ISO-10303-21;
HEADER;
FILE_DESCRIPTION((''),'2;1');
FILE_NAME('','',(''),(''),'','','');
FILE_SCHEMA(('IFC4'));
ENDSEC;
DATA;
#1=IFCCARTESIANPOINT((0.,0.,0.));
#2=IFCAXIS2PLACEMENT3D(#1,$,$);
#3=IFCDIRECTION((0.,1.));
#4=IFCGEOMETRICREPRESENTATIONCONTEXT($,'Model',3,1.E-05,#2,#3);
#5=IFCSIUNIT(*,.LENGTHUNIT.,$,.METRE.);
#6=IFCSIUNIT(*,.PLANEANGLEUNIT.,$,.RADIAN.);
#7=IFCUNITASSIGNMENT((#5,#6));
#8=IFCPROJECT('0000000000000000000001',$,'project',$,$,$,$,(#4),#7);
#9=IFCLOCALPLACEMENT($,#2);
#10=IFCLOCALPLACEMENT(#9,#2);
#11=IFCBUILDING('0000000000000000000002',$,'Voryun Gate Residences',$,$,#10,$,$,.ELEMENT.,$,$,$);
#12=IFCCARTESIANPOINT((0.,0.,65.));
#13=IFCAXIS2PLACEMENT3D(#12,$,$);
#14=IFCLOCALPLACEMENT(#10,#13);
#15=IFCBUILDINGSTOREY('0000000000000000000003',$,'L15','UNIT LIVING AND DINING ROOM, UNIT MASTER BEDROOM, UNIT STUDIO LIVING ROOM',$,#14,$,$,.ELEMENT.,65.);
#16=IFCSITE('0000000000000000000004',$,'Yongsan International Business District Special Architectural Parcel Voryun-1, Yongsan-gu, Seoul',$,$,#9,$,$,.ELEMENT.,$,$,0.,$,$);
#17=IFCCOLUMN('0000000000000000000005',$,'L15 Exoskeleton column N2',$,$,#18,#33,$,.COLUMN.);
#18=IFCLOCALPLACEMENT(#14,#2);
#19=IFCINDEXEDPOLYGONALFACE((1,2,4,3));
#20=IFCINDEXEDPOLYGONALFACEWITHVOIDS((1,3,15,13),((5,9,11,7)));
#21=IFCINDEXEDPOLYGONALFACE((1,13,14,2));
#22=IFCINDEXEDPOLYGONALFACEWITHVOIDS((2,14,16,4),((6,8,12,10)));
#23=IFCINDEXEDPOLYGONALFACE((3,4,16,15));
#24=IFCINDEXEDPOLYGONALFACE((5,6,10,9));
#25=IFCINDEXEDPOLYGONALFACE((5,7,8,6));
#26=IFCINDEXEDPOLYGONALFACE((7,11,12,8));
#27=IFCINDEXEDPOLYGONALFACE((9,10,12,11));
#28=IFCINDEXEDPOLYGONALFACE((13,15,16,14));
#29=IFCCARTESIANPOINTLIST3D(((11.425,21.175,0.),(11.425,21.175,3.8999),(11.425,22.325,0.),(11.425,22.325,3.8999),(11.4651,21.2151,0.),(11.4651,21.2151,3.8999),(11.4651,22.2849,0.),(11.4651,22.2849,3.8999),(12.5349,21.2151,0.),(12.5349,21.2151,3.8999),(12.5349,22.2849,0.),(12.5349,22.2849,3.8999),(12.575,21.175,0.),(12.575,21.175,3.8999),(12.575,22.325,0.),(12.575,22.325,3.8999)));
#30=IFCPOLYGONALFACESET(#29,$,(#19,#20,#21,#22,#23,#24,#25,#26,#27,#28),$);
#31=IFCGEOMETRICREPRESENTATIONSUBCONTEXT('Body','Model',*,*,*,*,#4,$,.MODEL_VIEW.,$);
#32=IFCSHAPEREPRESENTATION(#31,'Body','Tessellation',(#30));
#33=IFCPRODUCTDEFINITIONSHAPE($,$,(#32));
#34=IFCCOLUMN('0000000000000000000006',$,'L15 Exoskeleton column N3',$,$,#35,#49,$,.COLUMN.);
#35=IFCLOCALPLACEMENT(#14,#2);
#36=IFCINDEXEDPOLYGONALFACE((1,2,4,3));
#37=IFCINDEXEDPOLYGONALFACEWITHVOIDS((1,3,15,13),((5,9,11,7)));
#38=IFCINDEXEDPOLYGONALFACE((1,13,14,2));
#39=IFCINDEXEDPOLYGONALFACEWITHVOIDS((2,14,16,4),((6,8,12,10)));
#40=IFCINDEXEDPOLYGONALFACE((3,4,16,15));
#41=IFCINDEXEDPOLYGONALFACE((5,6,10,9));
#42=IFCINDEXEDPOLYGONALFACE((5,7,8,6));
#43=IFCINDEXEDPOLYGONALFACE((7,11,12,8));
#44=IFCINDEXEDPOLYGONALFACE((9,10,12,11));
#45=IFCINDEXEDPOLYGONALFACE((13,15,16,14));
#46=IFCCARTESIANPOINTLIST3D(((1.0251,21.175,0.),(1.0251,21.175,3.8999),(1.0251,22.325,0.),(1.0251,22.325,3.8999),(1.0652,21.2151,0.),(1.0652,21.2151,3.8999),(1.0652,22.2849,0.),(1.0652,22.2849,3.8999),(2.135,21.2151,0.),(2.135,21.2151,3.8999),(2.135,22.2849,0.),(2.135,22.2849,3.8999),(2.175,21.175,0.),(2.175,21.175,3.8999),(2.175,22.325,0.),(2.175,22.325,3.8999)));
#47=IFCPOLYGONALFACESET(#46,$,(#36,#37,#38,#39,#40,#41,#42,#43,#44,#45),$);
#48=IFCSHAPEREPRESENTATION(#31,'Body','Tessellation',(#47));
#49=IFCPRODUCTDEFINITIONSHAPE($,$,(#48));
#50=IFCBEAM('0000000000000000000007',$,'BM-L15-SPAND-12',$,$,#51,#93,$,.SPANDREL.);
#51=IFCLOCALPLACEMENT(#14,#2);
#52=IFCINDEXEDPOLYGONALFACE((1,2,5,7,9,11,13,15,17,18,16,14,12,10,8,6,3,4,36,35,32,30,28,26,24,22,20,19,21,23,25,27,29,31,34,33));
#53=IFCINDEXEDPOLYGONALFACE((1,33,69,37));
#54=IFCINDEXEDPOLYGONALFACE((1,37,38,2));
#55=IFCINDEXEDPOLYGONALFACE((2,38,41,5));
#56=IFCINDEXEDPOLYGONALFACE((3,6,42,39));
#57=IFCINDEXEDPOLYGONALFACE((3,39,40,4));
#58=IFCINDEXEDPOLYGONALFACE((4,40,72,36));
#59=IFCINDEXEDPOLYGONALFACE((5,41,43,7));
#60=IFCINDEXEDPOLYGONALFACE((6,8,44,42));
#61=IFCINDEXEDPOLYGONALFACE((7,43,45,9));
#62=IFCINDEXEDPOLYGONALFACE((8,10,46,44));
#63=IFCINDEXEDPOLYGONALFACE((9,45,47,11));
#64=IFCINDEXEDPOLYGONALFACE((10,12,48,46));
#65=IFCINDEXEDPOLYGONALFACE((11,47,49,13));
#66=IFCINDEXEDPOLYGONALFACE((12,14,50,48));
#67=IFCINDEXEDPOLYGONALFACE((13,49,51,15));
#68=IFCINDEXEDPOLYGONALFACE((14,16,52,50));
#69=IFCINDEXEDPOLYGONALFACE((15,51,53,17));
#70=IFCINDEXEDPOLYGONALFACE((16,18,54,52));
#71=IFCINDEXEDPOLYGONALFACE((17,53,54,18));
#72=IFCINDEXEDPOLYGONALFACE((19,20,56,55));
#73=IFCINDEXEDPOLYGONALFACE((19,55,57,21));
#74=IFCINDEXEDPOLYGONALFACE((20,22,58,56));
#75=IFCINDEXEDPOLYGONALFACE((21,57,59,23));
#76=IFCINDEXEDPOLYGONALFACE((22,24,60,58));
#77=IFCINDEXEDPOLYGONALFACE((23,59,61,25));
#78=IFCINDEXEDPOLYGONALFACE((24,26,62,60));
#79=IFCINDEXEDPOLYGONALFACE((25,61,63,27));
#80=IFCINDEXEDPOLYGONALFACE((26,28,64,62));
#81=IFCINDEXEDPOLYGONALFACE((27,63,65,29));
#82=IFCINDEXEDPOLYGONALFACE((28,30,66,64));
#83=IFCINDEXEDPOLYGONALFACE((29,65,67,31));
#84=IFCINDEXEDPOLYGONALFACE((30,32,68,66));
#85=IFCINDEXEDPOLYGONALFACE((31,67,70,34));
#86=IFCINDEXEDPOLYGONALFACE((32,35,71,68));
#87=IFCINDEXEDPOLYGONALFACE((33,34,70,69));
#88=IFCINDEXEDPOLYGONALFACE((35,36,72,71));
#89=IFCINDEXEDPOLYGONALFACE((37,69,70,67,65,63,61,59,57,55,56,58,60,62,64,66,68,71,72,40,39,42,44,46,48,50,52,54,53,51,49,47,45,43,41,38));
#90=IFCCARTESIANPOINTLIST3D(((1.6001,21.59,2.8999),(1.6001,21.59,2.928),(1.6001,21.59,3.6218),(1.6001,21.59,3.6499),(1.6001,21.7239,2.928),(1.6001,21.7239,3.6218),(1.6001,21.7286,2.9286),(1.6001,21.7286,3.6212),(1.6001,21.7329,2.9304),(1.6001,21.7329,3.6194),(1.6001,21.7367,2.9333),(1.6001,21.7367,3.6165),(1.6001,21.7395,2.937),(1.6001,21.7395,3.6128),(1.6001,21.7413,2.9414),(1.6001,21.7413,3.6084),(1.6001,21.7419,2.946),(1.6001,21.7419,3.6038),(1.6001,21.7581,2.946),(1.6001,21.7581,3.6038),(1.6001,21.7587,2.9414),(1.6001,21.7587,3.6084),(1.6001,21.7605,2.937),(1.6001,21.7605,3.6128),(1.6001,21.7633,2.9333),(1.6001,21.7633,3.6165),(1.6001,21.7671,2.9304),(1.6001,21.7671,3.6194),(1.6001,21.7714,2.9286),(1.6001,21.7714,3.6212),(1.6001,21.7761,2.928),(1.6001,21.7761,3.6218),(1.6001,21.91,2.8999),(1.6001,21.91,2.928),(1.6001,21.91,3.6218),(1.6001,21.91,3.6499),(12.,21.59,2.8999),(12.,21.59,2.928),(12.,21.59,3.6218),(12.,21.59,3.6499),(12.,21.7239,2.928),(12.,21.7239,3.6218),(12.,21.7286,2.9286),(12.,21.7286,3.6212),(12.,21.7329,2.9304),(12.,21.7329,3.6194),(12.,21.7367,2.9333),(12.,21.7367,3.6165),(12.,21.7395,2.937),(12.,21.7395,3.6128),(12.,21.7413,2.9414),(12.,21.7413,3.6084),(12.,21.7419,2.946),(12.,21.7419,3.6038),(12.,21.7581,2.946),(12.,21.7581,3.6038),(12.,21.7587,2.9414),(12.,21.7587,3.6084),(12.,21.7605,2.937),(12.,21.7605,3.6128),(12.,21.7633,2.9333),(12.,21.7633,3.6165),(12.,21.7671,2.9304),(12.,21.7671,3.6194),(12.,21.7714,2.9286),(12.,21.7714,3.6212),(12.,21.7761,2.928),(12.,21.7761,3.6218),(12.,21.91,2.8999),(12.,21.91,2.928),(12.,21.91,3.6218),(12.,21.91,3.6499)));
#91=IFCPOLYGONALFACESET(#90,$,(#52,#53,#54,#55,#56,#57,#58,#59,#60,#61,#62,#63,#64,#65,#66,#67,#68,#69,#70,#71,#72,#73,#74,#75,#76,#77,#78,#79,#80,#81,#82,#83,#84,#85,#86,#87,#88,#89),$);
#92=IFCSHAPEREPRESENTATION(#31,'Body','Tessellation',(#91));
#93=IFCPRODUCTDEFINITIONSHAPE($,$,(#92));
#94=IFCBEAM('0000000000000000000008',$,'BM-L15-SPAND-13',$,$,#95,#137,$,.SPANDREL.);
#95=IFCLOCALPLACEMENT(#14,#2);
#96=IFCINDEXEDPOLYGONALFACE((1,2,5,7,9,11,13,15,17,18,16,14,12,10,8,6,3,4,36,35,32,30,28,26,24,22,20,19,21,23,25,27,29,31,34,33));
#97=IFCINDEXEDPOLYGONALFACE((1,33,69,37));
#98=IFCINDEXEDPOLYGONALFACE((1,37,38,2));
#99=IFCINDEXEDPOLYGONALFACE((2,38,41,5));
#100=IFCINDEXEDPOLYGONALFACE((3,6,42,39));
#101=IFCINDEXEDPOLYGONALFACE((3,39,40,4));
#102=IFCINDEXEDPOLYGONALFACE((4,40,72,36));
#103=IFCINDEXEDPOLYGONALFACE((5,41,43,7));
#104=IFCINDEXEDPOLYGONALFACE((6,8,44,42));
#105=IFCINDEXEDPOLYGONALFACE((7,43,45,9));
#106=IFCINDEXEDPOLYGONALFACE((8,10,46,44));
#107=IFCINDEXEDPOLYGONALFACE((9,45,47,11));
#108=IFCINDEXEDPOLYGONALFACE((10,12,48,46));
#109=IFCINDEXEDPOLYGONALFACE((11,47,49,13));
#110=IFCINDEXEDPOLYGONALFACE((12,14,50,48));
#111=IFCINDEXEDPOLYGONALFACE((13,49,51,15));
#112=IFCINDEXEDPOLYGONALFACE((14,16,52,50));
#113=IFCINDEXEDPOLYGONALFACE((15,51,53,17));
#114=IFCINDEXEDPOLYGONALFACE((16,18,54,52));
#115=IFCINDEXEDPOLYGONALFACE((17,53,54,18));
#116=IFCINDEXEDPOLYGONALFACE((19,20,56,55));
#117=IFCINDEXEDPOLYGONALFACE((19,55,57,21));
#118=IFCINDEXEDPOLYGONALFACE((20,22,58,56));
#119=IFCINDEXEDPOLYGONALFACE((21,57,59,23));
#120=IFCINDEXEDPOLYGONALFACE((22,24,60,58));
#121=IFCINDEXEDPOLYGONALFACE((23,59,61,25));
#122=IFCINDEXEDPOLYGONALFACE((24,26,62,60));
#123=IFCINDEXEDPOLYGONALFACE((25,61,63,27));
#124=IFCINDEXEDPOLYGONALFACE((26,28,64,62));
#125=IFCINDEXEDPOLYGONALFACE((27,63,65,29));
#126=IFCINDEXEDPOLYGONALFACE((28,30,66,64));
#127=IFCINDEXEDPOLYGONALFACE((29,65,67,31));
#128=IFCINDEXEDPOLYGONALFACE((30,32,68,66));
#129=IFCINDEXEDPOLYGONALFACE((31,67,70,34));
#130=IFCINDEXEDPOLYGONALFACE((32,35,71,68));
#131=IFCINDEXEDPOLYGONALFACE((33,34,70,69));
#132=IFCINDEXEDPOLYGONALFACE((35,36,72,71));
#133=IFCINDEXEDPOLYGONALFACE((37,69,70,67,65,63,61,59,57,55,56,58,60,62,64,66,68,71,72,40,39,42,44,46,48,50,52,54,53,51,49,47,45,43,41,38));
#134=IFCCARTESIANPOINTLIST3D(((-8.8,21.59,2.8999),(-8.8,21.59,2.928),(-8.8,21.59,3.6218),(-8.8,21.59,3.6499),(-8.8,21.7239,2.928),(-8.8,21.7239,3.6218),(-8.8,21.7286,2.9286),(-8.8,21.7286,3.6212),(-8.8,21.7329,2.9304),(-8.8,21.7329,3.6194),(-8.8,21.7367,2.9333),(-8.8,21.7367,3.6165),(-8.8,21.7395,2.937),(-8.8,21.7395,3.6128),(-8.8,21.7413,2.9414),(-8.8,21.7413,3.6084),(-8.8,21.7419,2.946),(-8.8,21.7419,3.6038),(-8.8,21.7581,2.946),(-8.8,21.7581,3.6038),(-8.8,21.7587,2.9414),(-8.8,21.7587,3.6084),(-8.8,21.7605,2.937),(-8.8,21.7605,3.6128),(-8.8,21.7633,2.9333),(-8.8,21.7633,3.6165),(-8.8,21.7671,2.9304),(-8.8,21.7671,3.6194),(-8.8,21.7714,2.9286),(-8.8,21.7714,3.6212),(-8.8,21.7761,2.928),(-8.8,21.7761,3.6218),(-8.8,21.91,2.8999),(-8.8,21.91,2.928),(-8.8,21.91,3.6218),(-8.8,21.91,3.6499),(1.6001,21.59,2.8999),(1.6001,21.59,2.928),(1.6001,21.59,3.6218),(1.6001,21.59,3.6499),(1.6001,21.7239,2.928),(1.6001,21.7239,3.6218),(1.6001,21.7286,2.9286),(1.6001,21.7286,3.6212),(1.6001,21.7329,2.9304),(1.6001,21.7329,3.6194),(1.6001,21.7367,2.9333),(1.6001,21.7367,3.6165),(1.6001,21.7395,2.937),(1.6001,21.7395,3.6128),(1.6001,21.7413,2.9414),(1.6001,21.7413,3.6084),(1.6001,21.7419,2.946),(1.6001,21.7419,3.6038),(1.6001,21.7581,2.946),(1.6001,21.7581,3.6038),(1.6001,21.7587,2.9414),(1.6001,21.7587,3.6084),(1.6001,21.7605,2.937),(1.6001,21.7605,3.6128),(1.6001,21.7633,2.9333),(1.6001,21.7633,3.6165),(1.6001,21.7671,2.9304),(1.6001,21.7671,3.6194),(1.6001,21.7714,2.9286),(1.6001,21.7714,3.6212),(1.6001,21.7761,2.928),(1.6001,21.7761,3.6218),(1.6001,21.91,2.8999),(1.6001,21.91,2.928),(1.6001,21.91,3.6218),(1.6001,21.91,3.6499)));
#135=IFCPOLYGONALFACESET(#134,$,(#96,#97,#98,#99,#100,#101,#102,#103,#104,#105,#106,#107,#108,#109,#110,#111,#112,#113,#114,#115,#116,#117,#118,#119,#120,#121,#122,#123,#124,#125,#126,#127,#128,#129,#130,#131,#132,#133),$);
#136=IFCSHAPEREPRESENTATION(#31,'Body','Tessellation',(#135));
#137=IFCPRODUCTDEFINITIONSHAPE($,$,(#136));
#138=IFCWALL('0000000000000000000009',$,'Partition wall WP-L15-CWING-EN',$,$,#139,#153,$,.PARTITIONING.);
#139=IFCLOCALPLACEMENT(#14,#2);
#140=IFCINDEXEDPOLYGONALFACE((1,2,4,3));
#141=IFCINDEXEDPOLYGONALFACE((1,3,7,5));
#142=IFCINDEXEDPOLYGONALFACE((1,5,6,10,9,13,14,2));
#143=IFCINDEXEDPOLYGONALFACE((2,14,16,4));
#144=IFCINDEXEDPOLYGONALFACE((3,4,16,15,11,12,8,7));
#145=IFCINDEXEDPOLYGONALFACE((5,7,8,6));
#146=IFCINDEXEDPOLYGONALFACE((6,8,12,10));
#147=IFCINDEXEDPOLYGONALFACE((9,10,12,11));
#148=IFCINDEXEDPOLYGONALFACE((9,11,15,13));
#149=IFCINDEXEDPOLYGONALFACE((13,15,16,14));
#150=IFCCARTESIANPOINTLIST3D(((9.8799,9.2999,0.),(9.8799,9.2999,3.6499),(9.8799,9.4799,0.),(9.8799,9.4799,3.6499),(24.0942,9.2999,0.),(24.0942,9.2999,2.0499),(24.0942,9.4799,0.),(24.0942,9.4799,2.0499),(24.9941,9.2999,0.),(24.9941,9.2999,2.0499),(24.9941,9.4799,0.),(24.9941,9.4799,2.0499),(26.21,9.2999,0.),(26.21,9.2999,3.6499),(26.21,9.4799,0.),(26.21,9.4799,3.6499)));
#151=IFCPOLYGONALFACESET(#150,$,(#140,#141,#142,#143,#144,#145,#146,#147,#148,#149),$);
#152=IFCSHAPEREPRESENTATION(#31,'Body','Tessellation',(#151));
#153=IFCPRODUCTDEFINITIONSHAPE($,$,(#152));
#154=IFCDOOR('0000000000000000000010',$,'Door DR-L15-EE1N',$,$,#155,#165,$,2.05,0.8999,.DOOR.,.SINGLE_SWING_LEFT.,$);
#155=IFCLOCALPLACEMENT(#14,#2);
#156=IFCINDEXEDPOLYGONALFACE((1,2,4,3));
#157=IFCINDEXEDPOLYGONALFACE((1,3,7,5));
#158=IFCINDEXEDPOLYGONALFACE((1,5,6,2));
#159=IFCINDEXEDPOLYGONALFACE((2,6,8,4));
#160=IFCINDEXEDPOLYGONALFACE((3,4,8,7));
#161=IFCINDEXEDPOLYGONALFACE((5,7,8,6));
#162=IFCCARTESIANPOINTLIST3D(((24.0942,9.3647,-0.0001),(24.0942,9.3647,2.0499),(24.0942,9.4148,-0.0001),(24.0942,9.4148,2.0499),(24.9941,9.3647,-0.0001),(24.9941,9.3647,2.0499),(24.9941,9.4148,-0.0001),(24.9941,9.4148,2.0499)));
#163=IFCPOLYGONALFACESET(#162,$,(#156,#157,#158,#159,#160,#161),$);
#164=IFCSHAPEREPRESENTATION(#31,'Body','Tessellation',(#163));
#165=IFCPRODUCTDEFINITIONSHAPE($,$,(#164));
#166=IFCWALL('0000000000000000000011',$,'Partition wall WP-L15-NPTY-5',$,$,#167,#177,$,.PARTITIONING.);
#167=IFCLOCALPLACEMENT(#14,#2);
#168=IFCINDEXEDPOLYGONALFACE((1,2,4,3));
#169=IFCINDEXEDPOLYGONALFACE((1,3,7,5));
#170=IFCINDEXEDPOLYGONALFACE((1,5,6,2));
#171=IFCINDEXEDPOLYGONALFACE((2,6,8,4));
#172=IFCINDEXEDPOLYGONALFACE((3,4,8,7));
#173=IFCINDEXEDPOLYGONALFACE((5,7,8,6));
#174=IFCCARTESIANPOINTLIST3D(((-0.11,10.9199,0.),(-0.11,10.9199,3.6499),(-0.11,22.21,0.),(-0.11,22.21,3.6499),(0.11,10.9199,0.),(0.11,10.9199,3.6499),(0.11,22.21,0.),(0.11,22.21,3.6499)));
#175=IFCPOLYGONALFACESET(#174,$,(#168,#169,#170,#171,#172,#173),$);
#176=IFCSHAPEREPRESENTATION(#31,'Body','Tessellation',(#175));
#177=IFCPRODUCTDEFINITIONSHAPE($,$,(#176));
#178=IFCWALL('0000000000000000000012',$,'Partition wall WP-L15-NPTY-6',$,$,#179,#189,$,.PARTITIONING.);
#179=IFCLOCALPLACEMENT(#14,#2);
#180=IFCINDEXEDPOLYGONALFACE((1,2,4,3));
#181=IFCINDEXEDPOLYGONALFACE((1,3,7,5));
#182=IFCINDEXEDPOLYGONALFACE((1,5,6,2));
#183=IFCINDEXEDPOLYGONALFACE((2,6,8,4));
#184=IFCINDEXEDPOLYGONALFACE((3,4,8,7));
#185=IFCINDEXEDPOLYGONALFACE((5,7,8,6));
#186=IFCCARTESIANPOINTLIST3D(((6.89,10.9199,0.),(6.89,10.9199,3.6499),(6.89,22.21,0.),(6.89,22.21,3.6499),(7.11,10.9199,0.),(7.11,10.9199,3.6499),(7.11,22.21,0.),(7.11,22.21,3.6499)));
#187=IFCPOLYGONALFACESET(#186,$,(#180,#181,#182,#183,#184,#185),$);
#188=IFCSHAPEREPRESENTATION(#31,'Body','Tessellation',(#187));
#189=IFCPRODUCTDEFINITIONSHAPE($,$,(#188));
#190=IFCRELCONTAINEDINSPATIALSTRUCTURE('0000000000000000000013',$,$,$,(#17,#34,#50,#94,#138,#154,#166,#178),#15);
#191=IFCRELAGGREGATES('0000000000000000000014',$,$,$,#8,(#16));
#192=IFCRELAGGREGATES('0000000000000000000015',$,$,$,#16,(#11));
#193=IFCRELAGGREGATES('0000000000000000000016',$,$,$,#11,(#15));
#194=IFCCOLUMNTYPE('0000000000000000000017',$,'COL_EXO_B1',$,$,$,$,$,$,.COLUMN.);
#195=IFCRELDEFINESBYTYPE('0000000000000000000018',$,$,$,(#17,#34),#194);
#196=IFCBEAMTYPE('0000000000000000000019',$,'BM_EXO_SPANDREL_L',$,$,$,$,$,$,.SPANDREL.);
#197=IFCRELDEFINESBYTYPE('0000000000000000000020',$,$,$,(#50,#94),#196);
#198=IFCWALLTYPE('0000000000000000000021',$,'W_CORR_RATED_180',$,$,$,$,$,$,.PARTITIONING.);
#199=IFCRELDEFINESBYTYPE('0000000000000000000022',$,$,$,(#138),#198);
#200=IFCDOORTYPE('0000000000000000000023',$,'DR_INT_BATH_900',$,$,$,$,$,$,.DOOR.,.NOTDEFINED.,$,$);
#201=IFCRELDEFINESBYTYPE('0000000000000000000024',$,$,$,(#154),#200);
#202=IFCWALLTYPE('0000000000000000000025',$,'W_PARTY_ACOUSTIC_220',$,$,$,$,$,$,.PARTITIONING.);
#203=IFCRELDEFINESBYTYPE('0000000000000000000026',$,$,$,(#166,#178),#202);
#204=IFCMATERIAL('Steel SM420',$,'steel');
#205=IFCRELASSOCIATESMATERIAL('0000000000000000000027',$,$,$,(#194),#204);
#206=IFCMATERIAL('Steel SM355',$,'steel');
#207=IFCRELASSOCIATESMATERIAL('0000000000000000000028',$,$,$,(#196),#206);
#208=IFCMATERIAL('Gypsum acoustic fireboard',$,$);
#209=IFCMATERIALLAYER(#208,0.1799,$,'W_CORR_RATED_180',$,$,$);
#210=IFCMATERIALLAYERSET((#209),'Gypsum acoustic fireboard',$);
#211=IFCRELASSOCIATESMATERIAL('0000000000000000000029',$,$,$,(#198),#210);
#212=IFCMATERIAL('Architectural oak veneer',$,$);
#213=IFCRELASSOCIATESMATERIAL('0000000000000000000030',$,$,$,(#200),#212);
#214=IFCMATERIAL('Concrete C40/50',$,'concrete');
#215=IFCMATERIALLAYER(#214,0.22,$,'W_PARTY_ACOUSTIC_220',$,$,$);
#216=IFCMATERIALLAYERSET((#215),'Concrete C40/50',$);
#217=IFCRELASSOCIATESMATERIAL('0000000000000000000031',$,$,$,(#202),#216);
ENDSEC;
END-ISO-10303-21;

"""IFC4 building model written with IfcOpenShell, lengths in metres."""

from ifc_helpers import new_model, si_unit, direction, frame, frame_2d, origin, origin_2d, place, context, subcontext, project, spatial, rectangle, hollow_rectangle, i_section, extrude, material, layer, layer_set, material_profile, profile_set, type_object, element, fill, save


model = new_model("IFC4")

# Units and contexts
model_context = context("Model", 3, precision=1e-05, world=origin(), true_north=direction((0.0, 1.0)))
body_context = subcontext(model_context, "Body", "Model", "MODEL_VIEW")
ifc_project = project(units=[si_unit("LENGTHUNIT", "METRE"), si_unit("PLANEANGLEUNIT", "RADIAN")], contexts=[model_context])

# Site, building, storey
site_placement = place(None, origin())
site = spatial("IfcSite", under=ifc_project, at=site_placement, Name="Yongsan International Business District Special Architectural Parcel Voryun-1, Yongsan-gu, Seoul", CompositionType="ELEMENT", RefElevation=0.0)
building_placement = place(site_placement, origin())
building = spatial("IfcBuilding", under=site, at=building_placement, Name="Voryun Gate Residences", CompositionType="ELEMENT")
storey_placement = place(building_placement, frame((0.0, 0.0, 65.0)))
storey = spatial("IfcBuildingStorey", under=building, at=storey_placement, Name="L15", Description="UNIT LIVING AND DINING ROOM, UNIT MASTER BEDROOM, UNIT STUDIO LIVING ROOM", CompositionType="ELEMENT", Elevation=65.0)

# Columns
ifc_material_1 = material(Name="Steel SM420", Category="steel")
ifc_material_profile_1 = material_profile(ifc_material_1, hollow_rectangle(XDim=1.1499, YDim=1.1499, WallThickness=0.04, at=origin_2d()), Name="BOX-1150x1150x40")
ifc_profile_set_1 = profile_set([ifc_material_profile_1], Name="Steel SM420")
column_type = type_object("IfcColumnType", Name="COL_EXO_B1", PredefinedType="COLUMN", material=ifc_profile_set_1)
for number, where, z_axis, x_axis, name in (
    (1, (12.0, 21.75, 0.0), (0.0, 0.0, 1.0), (1.0, 0.0, 0.0), "L15 Exoskeleton column N2"),
    (2, (1.6001, 21.75, 0.0), (0.0, 0.0, 1.0), (1.0, 0.0, 0.0), "L15 Exoskeleton column N3"),
):
    element("IfcColumn", number, at=place(storey_placement, frame(where, z_axis=z_axis, x_axis=x_axis)), inside=storey, type_object=column_type, Name=name, PredefinedType="COLUMN", context=body_context, shape_type="SweptSolid", body=[
        extrude(hollow_rectangle(XDim=1.1499, YDim=1.1499, WallThickness=0.04, at=origin_2d()), origin(), (0.0, 0.0, 1.0), 3.8999),
    ])

# Beams
ifc_material_2 = material(Name="Steel SM355", Category="steel")
ifc_material_profile_2 = material_profile(ifc_material_2, i_section(OverallWidth=0.3201, OverallDepth=0.75, WebThickness=0.0161, FlangeThickness=0.0281, FilletRadius=0.0181, at=origin_2d()), Name="H-750x320x16x28")
ifc_profile_set_2 = profile_set([ifc_material_profile_2], Name="Steel SM355")
beam_type = type_object("IfcBeamType", Name="BM_EXO_SPANDREL_L", PredefinedType="SPANDREL", material=ifc_profile_set_2)
beam_1_placement = place(storey_placement, frame((12.0, 21.75, 3.2749), z_axis=(-1.0, 0.0, 0.0), x_axis=(0.0, -1.0, 0.0)))
element("IfcBeam", 3, at=beam_1_placement, inside=storey, type_object=beam_type, Name="BM-L15-SPAND-12", PredefinedType="SPANDREL", context=body_context, shape_type="SweptSolid", body=[
    extrude(i_section(OverallWidth=0.3201, OverallDepth=0.75, WebThickness=0.0161, FlangeThickness=0.0281, FilletRadius=0.0181, at=origin_2d()), origin(), (0.0, 0.0, 1.0), 10.3999),
])
beam_2_placement = place(storey_placement, frame((1.6001, 21.75, 3.2749), z_axis=(-1.0, 0.0, 0.0), x_axis=(0.0, -1.0, 0.0)))
element("IfcBeam", 4, at=beam_2_placement, inside=storey, type_object=beam_type, Name="BM-L15-SPAND-13", PredefinedType="SPANDREL", context=body_context, shape_type="SweptSolid", body=[
    extrude(i_section(OverallWidth=0.3201, OverallDepth=0.75, WebThickness=0.0161, FlangeThickness=0.0281, FilletRadius=0.0181, at=origin_2d()), origin(), (0.0, 0.0, 1.0), 10.4001),
])

# Wall, opening, door
ifc_material_3 = material(Name="Gypsum acoustic fireboard")
ifc_layer_1 = layer(ifc_material_3, 0.1799, Name="W_CORR_RATED_180")
ifc_layer_set_1 = layer_set([ifc_layer_1], Name="Gypsum acoustic fireboard")
wall_type_1 = type_object("IfcWallType", Name="W_CORR_RATED_180", PredefinedType="PARTITIONING", material=ifc_layer_set_1)
wall_1_placement = place(storey_placement, frame((9.8799, 9.3899, 0.0), z_axis=(0.0, 0.0, 1.0), x_axis=(1.0, 0.0, 0.0)))
wall_1 = element("IfcWall", 5, at=wall_1_placement, inside=storey, type_object=wall_type_1, Name="Partition wall WP-L15-CWING-EN", PredefinedType="PARTITIONING", context=body_context, shape_type="SweptSolid", body=[
    extrude(rectangle(XDim=16.3301, YDim=0.1799, at=frame_2d((8.165, 0.0))), origin(), (0.0, 0.0, 1.0), 3.6499),
])
opening_1_placement = place(wall_1_placement, frame((14.2144, 0.0, 0.0)))
opening_1 = element("IfcOpeningElement", 6, at=opening_1_placement, cuts=wall_1, PredefinedType="OPENING", context=body_context, shape_type="SweptSolid", body=[
    extrude(rectangle(XDim=0.8999, YDim=2.05, at=frame_2d((0.45, 1.0249))), frame((0.0, 0.0999, 0.0), z_axis=(0.0, -1.0, 0.0), x_axis=(1.0, 0.0, 0.0)), (0.0, 0.0, 1.0), 0.2),
])
ifc_material_4 = material(Name="Architectural oak veneer")
door_type_1 = type_object("IfcDoorType", Name="DR_INT_BATH_900", OperationType="NOTDEFINED", PredefinedType="DOOR", material=ifc_material_4)
door_1_placement = place(opening_1_placement, origin())
door_1 = element("IfcDoor", 7, at=door_1_placement, inside=storey, type_object=door_type_1, Name="Door DR-L15-EE1N", OperationType="SINGLE_SWING_LEFT", OverallHeight=2.05, OverallWidth=0.8999, PredefinedType="DOOR", context=body_context, shape_type="SweptSolid", body=[
    extrude(rectangle(XDim=0.8999, YDim=2.05, at=frame_2d((0.45, 1.0249))), frame((0.0, 0.0249, 0.0), z_axis=(0.0, -1.0, 0.0), x_axis=(1.0, 0.0, 0.0)), (0.0, 0.0, 1.0), 0.05),
])
fill(opening_1, door_1)

# Walls
ifc_material_5 = material(Name="Concrete C40/50", Category="concrete")
ifc_layer_2 = layer(ifc_material_5, 0.22, Name="W_PARTY_ACOUSTIC_220")
ifc_layer_set_2 = layer_set([ifc_layer_2], Name="Concrete C40/50")
wall_type_2 = type_object("IfcWallType", Name="W_PARTY_ACOUSTIC_220", PredefinedType="PARTITIONING", material=ifc_layer_set_2)
for number, where, z_axis, x_axis, name in (
    (8, (0.0, 10.9199, 0.0), (0.0, 0.0, 1.0), (0.0, 1.0, 0.0), "Partition wall WP-L15-NPTY-5"),
    (9, (7.0, 10.9199, 0.0), (0.0, 0.0, 1.0), (0.0, 1.0, 0.0), "Partition wall WP-L15-NPTY-6"),
):
    element("IfcWall", number, at=place(storey_placement, frame(where, z_axis=z_axis, x_axis=x_axis)), inside=storey, type_object=wall_type_2, Name=name, PredefinedType="PARTITIONING", context=body_context, shape_type="SweptSolid", body=[
        extrude(rectangle(XDim=11.29, YDim=0.22, at=frame_2d((5.645, 0.0))), origin(), (0.0, 0.0, 1.0), 3.6499),
    ])

save(model, "model.ifc")
